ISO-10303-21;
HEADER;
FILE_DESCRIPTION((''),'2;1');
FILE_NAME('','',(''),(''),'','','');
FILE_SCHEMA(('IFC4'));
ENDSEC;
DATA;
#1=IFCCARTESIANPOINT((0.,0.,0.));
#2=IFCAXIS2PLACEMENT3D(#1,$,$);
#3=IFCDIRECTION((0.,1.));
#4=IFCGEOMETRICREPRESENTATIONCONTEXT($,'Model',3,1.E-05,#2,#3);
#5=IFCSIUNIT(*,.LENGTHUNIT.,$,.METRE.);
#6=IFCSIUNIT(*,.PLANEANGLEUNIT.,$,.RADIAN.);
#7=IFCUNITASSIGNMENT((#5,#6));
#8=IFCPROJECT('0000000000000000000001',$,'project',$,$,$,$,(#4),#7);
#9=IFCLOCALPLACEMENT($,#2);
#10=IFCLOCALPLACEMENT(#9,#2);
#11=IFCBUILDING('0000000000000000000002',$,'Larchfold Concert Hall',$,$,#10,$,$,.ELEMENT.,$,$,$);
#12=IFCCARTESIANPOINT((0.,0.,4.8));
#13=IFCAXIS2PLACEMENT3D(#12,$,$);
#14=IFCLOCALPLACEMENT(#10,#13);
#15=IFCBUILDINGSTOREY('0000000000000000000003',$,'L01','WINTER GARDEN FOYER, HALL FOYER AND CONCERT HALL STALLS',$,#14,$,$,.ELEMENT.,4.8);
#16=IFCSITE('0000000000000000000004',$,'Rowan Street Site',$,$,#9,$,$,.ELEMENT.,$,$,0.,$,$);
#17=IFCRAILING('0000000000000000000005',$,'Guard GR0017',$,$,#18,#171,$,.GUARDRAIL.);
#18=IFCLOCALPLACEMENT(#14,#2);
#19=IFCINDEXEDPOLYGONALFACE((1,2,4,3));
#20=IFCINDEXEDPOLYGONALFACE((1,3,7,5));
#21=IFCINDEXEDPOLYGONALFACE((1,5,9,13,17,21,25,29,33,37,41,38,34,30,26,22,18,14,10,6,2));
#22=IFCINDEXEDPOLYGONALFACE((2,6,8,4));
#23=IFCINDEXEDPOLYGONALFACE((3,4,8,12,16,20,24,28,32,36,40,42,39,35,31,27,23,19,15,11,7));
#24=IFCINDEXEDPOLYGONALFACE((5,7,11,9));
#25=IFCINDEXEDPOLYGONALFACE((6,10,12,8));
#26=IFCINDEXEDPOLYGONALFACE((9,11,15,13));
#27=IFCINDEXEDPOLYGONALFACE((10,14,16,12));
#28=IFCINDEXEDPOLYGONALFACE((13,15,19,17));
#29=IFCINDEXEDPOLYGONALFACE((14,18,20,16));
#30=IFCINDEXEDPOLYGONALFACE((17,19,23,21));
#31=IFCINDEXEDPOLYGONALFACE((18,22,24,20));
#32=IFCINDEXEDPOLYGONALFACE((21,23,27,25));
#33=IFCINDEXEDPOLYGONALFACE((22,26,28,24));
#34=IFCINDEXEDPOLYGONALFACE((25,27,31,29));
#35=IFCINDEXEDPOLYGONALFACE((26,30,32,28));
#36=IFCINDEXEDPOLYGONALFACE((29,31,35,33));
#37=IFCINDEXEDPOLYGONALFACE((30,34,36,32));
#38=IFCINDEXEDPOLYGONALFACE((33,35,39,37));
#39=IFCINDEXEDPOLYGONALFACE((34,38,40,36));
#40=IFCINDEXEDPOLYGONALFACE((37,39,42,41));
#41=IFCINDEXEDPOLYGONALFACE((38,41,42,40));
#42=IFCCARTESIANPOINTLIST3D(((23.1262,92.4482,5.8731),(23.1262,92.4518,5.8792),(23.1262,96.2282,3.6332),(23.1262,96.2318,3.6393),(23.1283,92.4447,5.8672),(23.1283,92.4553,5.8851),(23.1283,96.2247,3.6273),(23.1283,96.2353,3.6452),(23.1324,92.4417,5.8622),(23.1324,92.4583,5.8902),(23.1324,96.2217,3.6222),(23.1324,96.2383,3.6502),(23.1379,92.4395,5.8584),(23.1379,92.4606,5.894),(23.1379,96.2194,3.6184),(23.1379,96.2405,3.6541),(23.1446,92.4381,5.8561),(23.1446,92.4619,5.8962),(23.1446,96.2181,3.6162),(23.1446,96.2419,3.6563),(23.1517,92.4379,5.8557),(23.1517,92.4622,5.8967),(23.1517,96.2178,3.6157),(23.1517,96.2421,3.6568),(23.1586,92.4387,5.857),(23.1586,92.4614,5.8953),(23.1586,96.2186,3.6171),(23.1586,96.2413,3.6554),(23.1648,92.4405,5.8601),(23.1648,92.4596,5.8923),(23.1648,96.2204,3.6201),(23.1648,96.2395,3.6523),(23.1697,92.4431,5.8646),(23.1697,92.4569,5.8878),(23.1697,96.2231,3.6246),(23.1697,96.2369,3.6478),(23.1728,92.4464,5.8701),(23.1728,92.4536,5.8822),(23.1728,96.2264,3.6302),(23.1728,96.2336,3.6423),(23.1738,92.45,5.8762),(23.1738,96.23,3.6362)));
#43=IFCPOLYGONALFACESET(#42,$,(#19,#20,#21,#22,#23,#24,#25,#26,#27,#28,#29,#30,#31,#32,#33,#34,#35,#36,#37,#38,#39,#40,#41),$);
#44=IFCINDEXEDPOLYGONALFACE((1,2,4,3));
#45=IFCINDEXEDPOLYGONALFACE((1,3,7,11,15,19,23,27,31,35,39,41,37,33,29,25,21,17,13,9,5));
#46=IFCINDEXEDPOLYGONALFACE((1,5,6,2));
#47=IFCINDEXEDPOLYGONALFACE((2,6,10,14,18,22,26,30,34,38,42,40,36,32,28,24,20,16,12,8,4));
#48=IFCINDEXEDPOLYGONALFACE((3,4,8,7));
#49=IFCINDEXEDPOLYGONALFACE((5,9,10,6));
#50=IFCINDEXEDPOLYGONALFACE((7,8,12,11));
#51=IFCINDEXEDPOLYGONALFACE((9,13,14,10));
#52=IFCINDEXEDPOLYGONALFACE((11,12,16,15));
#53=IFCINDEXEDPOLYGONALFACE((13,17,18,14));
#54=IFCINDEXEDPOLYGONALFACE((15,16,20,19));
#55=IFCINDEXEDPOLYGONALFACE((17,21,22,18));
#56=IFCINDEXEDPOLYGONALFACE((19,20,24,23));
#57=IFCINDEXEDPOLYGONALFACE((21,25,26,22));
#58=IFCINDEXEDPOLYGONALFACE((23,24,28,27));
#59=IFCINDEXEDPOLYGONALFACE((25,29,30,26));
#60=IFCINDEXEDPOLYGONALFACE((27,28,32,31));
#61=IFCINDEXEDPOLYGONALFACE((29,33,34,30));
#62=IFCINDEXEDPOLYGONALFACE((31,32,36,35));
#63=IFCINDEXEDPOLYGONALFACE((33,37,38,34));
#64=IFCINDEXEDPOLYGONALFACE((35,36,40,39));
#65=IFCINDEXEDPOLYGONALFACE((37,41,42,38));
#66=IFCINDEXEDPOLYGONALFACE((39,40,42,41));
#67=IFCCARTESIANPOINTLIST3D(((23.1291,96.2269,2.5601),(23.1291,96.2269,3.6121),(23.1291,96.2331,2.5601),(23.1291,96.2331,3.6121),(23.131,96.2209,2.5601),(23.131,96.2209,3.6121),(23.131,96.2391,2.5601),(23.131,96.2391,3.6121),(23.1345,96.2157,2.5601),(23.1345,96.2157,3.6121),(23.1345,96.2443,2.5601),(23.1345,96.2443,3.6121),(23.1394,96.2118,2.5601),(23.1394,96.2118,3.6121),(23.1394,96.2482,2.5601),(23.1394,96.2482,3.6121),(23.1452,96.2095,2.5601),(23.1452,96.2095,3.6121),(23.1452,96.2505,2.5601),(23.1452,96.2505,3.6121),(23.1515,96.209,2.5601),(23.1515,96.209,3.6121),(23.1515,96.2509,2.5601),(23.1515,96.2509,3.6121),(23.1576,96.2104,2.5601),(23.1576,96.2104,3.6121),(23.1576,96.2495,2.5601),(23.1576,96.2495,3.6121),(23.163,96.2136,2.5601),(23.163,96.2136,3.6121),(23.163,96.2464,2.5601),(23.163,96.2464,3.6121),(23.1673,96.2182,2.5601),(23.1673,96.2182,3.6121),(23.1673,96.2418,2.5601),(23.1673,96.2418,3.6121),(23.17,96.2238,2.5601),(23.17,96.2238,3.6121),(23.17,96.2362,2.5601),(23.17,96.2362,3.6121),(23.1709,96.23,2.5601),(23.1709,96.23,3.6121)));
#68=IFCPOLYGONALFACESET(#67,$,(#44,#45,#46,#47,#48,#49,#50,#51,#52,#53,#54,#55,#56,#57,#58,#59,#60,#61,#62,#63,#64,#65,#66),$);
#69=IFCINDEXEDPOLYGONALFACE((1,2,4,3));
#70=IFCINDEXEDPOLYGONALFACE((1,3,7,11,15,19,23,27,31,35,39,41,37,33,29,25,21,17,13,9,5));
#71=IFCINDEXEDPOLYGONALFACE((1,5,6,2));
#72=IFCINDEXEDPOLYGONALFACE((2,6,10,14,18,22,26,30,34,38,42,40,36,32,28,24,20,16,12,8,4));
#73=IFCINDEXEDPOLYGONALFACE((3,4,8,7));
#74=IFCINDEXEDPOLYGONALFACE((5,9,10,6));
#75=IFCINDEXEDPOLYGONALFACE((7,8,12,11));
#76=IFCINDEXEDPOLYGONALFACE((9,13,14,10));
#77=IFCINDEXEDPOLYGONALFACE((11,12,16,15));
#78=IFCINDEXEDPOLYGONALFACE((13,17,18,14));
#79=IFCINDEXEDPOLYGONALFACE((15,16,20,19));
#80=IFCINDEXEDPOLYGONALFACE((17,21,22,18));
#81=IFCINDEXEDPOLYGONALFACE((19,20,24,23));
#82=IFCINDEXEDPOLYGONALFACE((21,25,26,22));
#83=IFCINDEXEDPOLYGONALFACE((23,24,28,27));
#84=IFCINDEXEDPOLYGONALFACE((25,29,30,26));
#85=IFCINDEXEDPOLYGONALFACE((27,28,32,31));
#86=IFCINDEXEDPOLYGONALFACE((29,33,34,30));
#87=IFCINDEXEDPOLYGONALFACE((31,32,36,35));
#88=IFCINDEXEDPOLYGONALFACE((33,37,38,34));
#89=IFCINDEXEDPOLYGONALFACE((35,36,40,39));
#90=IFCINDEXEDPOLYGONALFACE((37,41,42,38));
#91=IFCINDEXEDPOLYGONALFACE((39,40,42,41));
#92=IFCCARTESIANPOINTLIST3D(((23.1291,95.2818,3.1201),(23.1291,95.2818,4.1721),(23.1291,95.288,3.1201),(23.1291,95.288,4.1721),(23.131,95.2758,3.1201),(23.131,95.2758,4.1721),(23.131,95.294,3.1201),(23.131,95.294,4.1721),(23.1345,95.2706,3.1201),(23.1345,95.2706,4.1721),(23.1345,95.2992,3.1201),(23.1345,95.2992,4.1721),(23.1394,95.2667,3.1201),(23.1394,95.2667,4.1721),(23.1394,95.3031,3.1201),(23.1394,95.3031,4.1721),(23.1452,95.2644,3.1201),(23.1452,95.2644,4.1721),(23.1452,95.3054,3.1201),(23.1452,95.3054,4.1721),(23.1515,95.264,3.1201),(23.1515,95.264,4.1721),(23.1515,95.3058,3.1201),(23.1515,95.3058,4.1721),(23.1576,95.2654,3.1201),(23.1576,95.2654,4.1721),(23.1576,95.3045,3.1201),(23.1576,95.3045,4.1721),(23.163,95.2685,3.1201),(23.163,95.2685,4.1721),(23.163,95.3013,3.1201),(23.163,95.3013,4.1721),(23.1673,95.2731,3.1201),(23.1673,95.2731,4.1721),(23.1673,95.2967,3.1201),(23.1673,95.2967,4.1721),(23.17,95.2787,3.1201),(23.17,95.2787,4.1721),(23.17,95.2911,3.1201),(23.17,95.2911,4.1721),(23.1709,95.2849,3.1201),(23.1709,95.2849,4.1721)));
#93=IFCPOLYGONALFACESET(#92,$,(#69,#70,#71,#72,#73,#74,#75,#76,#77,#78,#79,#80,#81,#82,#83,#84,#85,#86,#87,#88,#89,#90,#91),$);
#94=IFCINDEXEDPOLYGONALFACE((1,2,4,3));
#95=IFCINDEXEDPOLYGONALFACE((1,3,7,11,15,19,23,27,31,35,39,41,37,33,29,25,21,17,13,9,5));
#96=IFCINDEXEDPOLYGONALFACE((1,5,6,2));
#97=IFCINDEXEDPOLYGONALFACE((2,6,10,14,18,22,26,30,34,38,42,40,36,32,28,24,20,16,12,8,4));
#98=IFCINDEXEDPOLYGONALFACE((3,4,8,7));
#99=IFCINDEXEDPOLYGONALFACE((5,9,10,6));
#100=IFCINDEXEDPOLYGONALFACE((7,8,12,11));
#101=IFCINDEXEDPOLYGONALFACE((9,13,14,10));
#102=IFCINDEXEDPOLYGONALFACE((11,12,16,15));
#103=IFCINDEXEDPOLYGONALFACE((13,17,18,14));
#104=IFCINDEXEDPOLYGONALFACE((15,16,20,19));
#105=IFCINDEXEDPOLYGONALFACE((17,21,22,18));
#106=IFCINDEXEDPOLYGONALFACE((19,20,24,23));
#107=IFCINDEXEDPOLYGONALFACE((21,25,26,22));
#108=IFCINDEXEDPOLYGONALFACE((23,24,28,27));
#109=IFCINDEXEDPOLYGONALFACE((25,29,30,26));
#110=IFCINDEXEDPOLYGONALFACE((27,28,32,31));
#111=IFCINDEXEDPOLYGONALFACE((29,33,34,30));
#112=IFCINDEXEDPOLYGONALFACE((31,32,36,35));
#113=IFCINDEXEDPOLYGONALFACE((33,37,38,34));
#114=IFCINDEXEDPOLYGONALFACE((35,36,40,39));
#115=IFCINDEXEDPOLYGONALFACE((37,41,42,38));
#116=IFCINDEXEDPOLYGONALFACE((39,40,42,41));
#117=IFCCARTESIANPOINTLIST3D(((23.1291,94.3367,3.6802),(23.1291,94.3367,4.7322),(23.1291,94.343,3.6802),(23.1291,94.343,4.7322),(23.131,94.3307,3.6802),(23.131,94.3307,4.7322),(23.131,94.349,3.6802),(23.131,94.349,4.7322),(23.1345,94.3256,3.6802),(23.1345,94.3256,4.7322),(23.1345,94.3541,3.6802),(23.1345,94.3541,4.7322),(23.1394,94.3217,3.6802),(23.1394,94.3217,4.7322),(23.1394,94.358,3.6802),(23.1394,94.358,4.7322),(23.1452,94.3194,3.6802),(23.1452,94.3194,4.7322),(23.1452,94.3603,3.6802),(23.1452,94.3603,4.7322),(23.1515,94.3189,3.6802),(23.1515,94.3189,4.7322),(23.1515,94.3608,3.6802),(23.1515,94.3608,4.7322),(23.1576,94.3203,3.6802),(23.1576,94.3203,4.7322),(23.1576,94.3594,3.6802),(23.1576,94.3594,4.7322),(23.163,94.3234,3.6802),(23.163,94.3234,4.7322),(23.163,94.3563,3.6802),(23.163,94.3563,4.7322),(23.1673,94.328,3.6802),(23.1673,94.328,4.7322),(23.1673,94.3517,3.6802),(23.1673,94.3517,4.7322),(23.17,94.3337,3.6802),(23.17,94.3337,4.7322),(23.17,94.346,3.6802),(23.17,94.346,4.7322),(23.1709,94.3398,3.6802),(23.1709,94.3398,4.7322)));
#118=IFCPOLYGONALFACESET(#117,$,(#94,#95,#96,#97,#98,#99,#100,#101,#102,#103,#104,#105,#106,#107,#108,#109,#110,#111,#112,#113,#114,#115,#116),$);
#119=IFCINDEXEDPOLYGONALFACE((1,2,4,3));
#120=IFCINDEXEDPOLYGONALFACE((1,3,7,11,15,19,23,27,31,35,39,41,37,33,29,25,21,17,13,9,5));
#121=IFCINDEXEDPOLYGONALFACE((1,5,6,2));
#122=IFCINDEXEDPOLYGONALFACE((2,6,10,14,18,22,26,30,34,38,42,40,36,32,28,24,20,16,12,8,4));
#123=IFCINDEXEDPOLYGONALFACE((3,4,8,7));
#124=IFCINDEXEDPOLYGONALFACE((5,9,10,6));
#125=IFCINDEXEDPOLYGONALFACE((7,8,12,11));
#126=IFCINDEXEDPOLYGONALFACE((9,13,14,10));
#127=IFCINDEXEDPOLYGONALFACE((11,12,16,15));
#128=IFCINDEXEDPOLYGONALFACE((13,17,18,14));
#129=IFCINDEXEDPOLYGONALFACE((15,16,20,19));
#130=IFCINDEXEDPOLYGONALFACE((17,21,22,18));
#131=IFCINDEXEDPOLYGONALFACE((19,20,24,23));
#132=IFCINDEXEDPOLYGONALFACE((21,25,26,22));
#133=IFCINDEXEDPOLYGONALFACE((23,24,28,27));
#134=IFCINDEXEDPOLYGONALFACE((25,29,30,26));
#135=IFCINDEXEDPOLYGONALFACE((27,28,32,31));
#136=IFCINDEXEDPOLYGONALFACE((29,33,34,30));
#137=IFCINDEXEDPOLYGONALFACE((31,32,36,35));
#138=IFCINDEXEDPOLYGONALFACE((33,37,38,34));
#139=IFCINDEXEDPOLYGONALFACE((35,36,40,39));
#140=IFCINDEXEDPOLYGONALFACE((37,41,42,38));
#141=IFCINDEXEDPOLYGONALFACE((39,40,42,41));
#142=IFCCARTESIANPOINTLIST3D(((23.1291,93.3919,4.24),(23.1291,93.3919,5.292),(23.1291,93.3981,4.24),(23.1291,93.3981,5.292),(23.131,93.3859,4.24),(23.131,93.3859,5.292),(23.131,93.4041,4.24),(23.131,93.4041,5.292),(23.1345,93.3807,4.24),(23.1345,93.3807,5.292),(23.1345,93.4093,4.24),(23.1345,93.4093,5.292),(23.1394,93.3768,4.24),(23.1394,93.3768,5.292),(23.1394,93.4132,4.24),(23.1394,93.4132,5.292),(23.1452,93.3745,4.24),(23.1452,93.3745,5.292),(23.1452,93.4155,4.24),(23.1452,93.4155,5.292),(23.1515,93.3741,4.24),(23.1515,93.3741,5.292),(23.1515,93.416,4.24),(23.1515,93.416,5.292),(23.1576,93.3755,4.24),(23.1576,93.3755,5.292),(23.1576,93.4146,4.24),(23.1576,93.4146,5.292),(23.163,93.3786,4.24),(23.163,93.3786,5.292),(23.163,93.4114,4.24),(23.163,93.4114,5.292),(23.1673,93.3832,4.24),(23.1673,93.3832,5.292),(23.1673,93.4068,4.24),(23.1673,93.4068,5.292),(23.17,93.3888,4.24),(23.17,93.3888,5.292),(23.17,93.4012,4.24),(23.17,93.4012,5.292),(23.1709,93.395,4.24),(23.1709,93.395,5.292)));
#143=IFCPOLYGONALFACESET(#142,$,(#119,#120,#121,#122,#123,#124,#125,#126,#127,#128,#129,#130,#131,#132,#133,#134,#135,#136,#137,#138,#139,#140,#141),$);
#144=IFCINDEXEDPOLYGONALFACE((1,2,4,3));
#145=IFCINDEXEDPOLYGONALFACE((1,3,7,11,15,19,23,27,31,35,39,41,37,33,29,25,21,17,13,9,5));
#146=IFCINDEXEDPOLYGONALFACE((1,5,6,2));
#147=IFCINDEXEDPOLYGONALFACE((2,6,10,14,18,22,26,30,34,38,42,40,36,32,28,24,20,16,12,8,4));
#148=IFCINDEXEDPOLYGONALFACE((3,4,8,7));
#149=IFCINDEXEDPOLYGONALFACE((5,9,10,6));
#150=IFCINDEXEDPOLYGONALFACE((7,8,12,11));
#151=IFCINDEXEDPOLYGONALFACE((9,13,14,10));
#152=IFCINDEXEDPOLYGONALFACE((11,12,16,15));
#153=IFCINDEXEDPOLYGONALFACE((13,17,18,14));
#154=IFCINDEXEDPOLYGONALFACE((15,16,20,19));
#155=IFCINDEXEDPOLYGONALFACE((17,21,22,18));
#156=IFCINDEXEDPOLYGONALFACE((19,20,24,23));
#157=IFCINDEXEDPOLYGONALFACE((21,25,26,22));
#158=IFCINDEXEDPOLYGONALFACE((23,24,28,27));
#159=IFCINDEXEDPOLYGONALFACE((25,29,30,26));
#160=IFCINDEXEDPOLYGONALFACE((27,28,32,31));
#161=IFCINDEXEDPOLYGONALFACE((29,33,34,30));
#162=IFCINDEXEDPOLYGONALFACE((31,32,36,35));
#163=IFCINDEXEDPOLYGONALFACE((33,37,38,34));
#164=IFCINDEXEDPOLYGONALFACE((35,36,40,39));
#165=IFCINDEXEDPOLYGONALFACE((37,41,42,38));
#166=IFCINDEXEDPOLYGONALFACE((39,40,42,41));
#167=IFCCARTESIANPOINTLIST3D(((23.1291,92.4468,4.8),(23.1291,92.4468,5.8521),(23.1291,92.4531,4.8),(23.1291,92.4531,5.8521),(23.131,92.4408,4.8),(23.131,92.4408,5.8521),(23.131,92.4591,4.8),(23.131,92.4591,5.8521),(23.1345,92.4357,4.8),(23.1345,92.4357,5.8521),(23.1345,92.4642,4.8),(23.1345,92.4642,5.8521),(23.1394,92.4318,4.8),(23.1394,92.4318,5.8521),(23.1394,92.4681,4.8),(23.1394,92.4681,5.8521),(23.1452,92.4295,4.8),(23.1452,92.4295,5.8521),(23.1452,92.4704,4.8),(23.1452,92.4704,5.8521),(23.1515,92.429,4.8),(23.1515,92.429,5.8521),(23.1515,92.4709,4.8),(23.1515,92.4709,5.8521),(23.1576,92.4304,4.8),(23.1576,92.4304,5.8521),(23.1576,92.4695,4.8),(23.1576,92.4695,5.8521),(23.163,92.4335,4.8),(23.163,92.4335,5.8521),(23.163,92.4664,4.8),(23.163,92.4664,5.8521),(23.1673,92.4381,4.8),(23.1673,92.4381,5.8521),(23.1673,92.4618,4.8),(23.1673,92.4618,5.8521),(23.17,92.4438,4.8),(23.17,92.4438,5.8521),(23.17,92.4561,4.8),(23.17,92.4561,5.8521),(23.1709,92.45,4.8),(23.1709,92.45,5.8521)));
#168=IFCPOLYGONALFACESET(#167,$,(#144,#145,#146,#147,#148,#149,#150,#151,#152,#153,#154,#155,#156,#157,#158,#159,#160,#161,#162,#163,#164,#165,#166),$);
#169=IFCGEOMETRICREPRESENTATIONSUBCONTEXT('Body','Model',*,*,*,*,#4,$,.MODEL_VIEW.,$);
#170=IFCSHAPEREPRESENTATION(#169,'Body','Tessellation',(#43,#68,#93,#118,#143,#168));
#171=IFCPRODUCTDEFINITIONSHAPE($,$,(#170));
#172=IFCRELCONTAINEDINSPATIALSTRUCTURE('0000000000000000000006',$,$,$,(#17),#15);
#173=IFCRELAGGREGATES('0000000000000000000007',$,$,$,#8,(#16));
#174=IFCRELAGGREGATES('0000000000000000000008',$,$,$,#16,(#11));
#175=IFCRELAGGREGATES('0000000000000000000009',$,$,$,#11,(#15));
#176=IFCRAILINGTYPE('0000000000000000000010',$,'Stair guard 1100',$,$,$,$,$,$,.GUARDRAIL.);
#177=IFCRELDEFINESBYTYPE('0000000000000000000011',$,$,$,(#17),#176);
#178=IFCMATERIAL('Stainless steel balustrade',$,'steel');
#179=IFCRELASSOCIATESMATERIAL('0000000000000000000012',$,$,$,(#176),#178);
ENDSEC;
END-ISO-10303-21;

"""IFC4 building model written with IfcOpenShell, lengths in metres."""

from ifc_helpers import new_model, si_unit, direction, frame, origin, origin_2d, place, context, subcontext, project, spatial, circle, extrude, material, type_object, element, save


model = new_model("IFC4")

# Units and contexts
model_context = context("Model", 3, precision=1e-05, world=origin(), true_north=direction((0.0, 1.0)))
body_context = subcontext(model_context, "Body", "Model", "MODEL_VIEW")
ifc_project = project(units=[si_unit("LENGTHUNIT", "METRE"), si_unit("PLANEANGLEUNIT", "RADIAN")], contexts=[model_context])

# Site, building, storey
site_placement = place(None, origin())
site = spatial("IfcSite", under=ifc_project, at=site_placement, Name="Rowan Street Site", CompositionType="ELEMENT", RefElevation=0.0)
building_placement = place(site_placement, origin())
building = spatial("IfcBuilding", under=site, at=building_placement, Name="Larchfold Concert Hall", CompositionType="ELEMENT")
storey_placement = place(building_placement, frame((0.0, 0.0, 4.8)))
storey = spatial("IfcBuildingStorey", under=building, at=storey_placement, Name="L01", Description="WINTER GARDEN FOYER, HALL FOYER AND CONCERT HALL STALLS", CompositionType="ELEMENT", Elevation=4.8)

# Railing
ifc_material_1 = material(Name="Stainless steel balustrade", Category="steel")
railing_type_1 = type_object("IfcRailingType", Name="Stair guard 1100", PredefinedType="GUARDRAIL", material=ifc_material_1)
railing_1_placement = place(storey_placement, frame((23.1499, 96.23, 2.5601)))
element("IfcRailing", 1, at=railing_1_placement, inside=storey, type_object=railing_type_1, Name="Guard GR0017", PredefinedType="GUARDRAIL", context=body_context, shape_type="SweptSolid", body=[
    extrude(circle(Radius=0.0239, at=origin_2d()), frame((0.0, 0.0, 1.0762), z_axis=(0.0, -0.860294, 0.509798), x_axis=(1.0, 0.0, 0.0)), (0.0, 0.0, 1.0), 4.3938),
    extrude(circle(Radius=0.021, at=origin_2d()), origin(), (0.0, 0.0, 1.0), 1.052),
    extrude(circle(Radius=0.021, at=origin_2d()), frame((0.0, -0.9451, 0.5601)), (0.0, 0.0, 1.0), 1.052),
    extrude(circle(Radius=0.021, at=origin_2d()), frame((0.0, -1.8901, 1.1201)), (0.0, 0.0, 1.0), 1.052),
    extrude(circle(Radius=0.021, at=origin_2d()), frame((0.0, -2.835, 1.6799)), (0.0, 0.0, 1.0), 1.052),
    extrude(circle(Radius=0.021, at=origin_2d()), frame((0.0, -3.78, 2.24)), (0.0, 0.0, 1.0), 1.052),
])

save(model, "model.ifc")
